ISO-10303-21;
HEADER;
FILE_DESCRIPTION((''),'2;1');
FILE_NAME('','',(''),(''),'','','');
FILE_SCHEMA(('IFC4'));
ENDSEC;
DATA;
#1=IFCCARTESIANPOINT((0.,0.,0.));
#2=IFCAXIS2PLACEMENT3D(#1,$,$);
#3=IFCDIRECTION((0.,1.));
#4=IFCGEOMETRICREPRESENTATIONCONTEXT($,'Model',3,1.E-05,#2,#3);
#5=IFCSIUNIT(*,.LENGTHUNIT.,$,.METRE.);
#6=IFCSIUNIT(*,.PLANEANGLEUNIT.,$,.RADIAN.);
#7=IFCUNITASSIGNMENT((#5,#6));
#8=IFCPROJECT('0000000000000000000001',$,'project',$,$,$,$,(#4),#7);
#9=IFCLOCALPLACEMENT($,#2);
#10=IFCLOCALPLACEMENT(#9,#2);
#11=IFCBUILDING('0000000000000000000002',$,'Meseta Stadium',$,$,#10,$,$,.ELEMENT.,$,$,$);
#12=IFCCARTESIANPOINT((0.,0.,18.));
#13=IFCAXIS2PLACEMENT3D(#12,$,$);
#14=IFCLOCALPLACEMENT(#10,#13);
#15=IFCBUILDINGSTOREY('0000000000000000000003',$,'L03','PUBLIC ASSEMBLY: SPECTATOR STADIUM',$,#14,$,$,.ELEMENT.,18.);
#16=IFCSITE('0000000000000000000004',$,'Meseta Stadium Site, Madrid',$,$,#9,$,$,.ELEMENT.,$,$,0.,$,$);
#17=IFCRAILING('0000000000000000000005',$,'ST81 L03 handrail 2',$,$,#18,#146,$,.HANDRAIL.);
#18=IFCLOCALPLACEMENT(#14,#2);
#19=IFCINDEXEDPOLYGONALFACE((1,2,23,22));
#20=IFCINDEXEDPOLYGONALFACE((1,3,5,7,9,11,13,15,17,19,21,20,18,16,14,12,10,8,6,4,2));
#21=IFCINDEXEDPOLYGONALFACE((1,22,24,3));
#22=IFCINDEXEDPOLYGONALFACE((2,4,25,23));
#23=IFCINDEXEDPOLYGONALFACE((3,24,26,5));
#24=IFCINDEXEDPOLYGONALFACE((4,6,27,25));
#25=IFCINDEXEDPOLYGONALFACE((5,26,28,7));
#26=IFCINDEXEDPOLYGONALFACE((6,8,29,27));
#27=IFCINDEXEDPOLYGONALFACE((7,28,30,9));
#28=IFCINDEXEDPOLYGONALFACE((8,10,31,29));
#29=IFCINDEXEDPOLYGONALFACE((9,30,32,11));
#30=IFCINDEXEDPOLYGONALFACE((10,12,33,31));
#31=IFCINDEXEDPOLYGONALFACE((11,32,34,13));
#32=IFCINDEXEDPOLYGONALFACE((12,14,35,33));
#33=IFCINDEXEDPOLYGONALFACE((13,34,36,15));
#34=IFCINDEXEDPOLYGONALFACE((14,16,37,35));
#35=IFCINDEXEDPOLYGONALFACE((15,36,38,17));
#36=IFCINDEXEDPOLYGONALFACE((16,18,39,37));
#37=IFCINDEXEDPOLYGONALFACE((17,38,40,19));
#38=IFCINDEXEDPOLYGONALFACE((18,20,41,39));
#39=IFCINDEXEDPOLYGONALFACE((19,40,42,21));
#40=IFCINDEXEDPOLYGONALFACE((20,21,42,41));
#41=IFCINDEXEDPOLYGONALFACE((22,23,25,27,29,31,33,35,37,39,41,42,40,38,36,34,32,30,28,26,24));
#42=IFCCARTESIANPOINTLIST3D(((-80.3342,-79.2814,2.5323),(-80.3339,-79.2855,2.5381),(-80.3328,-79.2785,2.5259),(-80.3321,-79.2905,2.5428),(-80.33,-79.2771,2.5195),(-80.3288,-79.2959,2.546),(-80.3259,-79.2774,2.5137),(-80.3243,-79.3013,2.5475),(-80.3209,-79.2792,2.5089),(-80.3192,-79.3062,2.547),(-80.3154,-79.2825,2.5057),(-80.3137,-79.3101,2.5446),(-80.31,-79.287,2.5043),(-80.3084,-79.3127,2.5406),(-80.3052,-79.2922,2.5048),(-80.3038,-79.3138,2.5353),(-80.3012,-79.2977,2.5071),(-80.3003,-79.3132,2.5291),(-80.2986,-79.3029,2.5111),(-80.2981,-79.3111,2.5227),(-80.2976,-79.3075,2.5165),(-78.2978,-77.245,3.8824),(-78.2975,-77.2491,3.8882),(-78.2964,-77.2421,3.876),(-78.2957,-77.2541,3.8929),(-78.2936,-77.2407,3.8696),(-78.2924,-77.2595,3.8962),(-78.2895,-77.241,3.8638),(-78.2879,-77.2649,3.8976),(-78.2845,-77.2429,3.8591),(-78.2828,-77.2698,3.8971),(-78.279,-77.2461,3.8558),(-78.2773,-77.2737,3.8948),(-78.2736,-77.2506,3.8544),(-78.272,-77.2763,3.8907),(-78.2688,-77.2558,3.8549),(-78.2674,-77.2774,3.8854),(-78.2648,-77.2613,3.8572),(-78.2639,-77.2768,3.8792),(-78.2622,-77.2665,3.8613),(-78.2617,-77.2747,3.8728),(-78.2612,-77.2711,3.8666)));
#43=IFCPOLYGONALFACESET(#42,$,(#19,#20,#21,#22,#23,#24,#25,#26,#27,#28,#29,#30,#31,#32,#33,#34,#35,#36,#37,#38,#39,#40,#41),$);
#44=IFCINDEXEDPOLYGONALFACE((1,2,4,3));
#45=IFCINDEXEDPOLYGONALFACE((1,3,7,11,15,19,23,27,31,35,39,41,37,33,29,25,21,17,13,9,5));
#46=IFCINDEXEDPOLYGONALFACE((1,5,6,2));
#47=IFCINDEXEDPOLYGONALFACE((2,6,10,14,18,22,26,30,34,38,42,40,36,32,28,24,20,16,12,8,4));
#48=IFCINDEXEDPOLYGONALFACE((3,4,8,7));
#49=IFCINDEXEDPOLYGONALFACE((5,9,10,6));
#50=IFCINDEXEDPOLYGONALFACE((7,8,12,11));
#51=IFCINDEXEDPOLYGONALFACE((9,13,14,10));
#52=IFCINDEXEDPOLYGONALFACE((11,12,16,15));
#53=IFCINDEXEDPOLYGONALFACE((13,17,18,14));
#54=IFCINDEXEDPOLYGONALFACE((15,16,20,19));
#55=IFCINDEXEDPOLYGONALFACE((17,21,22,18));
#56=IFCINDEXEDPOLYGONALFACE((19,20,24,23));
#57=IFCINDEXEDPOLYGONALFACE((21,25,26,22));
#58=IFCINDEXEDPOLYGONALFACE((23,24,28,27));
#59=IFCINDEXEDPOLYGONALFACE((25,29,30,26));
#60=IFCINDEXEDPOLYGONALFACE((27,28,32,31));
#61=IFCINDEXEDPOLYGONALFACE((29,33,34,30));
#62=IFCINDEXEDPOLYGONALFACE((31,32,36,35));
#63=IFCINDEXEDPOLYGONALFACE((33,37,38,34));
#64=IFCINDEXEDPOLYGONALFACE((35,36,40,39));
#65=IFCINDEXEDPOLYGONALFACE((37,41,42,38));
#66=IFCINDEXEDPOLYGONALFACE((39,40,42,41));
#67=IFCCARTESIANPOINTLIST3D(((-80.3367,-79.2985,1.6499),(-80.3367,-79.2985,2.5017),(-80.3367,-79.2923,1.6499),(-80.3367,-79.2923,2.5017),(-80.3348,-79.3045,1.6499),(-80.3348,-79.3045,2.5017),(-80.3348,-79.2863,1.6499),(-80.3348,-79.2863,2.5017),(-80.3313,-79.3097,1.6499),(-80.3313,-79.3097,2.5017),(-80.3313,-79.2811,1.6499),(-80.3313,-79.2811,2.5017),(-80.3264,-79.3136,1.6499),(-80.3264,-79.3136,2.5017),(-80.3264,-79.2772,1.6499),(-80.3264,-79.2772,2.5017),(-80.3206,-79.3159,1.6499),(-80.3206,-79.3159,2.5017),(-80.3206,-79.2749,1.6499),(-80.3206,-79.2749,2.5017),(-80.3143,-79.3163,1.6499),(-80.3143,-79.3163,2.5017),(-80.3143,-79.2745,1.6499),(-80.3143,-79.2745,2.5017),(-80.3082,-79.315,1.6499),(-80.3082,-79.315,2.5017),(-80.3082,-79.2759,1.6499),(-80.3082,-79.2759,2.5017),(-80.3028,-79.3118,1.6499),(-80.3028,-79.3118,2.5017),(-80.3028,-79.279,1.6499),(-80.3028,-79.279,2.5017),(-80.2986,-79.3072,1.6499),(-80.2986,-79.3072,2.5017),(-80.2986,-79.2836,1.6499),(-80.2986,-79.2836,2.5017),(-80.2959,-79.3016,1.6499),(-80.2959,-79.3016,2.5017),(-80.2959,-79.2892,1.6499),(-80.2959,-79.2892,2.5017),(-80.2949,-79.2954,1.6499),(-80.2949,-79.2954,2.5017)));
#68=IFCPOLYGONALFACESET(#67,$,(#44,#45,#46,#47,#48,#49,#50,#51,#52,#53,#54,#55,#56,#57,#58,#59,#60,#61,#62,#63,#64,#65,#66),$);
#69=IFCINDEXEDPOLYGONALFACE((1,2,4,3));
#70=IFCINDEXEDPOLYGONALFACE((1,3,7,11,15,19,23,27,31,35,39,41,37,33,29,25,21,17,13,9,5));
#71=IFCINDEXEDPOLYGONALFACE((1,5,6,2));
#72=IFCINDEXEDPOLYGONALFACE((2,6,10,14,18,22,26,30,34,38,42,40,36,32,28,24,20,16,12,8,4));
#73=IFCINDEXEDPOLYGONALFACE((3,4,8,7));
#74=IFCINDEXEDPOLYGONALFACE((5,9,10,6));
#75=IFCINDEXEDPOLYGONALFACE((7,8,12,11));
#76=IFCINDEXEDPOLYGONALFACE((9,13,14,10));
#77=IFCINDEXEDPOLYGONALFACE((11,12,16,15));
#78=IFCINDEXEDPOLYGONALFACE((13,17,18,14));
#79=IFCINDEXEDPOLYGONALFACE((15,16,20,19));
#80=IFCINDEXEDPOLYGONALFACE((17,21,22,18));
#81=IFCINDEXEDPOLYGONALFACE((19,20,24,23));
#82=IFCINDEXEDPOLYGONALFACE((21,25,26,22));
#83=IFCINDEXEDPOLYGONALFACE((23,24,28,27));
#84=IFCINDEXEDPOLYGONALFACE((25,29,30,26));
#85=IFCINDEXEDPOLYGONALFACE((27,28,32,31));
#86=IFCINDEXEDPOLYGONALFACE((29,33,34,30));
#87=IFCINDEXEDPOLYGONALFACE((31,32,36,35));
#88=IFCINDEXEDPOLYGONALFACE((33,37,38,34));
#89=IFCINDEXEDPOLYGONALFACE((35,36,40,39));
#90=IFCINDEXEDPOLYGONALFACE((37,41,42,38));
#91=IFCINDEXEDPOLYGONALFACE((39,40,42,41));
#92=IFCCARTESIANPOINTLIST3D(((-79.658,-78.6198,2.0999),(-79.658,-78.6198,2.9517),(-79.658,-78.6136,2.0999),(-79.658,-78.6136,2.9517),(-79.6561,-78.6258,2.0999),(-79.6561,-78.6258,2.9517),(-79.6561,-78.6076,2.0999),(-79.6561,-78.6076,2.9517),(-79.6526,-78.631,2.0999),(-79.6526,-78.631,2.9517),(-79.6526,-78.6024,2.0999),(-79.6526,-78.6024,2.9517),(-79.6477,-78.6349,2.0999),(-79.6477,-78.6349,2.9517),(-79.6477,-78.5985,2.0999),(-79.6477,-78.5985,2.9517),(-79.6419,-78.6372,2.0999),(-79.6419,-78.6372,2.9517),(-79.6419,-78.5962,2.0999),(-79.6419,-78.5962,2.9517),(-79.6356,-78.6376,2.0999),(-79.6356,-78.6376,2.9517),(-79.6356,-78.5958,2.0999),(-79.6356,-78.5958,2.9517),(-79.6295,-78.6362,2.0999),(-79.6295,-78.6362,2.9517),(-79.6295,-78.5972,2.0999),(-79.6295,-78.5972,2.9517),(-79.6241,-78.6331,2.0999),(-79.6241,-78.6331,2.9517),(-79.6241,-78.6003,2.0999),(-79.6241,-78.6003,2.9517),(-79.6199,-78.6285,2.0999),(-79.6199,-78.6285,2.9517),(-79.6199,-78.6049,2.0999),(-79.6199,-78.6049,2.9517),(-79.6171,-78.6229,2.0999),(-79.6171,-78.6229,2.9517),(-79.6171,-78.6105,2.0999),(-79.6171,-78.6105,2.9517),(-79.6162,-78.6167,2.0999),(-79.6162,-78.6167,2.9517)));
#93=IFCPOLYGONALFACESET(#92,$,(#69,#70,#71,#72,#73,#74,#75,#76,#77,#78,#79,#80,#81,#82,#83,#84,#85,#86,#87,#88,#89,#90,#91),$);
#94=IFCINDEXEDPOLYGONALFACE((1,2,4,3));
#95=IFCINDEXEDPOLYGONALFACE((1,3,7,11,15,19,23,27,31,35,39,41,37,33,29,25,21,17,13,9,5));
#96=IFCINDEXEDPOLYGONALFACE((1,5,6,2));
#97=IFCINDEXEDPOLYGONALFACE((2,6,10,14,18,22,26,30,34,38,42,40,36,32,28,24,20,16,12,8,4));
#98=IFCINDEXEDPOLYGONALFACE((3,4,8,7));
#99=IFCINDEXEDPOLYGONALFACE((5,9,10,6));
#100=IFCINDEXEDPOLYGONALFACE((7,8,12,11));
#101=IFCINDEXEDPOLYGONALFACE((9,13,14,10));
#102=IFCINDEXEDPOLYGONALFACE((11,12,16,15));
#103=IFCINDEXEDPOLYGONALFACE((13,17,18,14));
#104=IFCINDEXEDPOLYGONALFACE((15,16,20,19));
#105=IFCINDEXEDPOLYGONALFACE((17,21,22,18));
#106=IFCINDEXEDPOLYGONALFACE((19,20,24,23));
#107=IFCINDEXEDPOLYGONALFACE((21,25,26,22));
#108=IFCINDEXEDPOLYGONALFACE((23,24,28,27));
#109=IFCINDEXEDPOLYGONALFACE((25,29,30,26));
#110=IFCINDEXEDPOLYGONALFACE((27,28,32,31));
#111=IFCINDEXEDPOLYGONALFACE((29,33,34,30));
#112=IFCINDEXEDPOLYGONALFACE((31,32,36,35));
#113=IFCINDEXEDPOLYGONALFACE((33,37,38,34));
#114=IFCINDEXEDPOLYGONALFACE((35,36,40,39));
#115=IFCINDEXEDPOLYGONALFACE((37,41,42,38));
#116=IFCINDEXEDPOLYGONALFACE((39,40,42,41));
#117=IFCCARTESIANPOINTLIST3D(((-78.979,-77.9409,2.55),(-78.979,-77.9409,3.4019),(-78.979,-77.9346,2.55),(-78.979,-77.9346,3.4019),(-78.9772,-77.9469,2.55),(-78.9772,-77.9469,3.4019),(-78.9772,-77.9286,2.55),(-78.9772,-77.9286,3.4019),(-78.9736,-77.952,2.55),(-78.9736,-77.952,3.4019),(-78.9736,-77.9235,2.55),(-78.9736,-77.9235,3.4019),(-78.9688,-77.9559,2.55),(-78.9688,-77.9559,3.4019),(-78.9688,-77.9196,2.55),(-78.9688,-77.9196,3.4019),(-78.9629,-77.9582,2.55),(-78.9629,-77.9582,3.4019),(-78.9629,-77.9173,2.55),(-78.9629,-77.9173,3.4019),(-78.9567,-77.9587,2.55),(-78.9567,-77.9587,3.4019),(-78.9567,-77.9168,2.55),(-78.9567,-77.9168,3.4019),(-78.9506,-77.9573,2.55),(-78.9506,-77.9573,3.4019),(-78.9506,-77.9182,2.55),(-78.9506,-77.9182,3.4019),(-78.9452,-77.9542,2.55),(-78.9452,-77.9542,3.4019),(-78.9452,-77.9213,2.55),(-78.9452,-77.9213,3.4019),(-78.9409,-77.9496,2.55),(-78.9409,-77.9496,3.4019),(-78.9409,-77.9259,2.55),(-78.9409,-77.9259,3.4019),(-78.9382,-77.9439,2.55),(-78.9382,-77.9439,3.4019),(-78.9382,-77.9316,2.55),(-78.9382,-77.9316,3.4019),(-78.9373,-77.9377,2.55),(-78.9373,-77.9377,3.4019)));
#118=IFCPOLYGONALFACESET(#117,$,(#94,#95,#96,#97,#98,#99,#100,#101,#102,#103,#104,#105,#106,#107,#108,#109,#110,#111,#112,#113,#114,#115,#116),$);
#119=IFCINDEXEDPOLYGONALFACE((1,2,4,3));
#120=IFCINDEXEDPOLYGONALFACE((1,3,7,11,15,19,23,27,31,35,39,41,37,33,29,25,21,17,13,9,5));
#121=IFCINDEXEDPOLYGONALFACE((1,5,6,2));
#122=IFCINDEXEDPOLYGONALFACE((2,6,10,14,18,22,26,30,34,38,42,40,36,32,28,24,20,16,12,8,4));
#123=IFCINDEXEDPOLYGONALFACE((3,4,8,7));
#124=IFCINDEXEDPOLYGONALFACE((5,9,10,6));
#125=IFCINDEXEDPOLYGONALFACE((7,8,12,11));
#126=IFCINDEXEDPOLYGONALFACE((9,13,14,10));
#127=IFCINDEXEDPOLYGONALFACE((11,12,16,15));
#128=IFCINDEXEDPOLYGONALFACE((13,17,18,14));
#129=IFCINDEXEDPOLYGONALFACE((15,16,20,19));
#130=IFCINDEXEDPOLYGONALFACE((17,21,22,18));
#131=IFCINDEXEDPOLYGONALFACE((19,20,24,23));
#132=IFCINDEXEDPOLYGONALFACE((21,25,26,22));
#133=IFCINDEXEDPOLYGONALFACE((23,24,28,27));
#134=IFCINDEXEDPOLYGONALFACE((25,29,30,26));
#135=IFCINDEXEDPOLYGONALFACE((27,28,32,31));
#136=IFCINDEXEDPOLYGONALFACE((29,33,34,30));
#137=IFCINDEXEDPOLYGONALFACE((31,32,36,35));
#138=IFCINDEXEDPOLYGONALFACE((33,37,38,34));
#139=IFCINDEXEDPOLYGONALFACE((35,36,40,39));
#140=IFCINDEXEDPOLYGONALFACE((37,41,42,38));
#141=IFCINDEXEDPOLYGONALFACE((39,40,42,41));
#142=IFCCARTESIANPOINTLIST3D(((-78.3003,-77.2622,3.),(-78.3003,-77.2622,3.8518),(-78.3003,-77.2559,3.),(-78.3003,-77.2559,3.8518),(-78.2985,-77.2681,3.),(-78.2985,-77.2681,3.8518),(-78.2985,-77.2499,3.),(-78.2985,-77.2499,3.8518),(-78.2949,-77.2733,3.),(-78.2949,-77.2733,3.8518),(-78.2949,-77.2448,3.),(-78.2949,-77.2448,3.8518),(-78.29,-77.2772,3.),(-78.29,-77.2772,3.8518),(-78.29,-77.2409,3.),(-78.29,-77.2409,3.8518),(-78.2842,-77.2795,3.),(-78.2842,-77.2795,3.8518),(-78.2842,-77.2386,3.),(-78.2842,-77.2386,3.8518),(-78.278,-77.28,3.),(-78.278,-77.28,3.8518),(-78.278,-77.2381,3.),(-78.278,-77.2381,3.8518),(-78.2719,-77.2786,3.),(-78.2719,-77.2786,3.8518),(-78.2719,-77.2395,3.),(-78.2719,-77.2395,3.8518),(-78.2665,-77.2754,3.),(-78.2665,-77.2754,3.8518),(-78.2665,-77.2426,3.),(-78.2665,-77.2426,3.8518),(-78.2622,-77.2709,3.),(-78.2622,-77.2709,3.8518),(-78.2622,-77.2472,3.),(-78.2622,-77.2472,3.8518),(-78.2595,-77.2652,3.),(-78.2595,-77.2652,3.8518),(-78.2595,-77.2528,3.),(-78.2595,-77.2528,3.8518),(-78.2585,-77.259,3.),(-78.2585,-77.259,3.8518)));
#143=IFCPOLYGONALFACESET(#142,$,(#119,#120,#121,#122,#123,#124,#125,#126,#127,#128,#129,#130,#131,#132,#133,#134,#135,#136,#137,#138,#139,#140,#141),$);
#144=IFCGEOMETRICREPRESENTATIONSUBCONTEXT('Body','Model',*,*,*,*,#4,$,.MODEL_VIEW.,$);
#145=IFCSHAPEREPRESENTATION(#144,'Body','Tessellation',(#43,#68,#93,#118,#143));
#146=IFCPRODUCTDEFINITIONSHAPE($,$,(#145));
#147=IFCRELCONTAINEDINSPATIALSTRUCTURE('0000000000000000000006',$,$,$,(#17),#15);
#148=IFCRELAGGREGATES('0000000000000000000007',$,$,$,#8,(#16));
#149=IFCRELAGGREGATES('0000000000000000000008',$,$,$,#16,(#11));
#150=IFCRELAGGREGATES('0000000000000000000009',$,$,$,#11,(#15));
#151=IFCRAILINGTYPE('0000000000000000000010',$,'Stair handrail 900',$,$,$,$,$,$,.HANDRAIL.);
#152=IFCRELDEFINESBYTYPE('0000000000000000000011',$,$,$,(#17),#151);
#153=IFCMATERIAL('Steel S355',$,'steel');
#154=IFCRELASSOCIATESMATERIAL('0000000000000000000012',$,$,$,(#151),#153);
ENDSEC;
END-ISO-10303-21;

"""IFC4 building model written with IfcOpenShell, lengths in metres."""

from ifc_helpers import new_model, si_unit, direction, frame, origin, origin_2d, place, context, subcontext, project, spatial, circle, extrude, material, type_object, element, save


model = new_model("IFC4")

# Units and contexts
model_context = context("Model", 3, precision=1e-05, world=origin(), true_north=direction((0.0, 1.0)))
body_context = subcontext(model_context, "Body", "Model", "MODEL_VIEW")
ifc_project = project(units=[si_unit("LENGTHUNIT", "METRE"), si_unit("PLANEANGLEUNIT", "RADIAN")], contexts=[model_context])

# Site, building, storey
site_placement = place(None, origin())
site = spatial("IfcSite", under=ifc_project, at=site_placement, Name="Meseta Stadium Site, Madrid", CompositionType="ELEMENT", RefElevation=0.0)
building_placement = place(site_placement, origin())
building = spatial("IfcBuilding", under=site, at=building_placement, Name="Meseta Stadium", CompositionType="ELEMENT")
storey_placement = place(building_placement, frame((0.0, 0.0, 18.0)))
storey = spatial("IfcBuildingStorey", under=building, at=storey_placement, Name="L03", Description="PUBLIC ASSEMBLY: SPECTATOR STADIUM", CompositionType="ELEMENT", Elevation=18.0)

# Railing
ifc_material_1 = material(Name="Steel S355", Category="steel")
railing_type_1 = type_object("IfcRailingType", Name="Stair handrail 900", PredefinedType="HANDRAIL", material=ifc_material_1)
for number, where, name in (
    (1, (-80.3159, -79.2954, 1.6499), "ST81 L03 handrail 2"),
):
    element("IfcRailing", number, at=place(storey_placement, frame(where)), inside=storey, type_object=railing_type_1, Name=name, PredefinedType="HANDRAIL", context=body_context, shape_type="SweptSolid", body=[
        extrude(circle(Radius=0.0239, at=origin_2d()), frame((0.0, 0.0, 0.876), z_axis=(0.640243, 0.640243, 0.424475), x_axis=(-0.707107, 0.707107, 0.0)), (0.0, 0.0, 1.0), 3.1807),
        extrude(circle(Radius=0.021, at=origin_2d()), origin(), (0.0, 0.0, 1.0), 0.8518),
        extrude(circle(Radius=0.021, at=origin_2d()), frame((0.6787, 0.6787, 0.45)), (0.0, 0.0, 1.0), 0.8518),
        extrude(circle(Radius=0.021, at=origin_2d()), frame((1.3577, 1.3577, 0.9001)), (0.0, 0.0, 1.0), 0.8518),
        extrude(circle(Radius=0.021, at=origin_2d()), frame((2.0364, 2.0364, 1.3501)), (0.0, 0.0, 1.0), 0.8518),
    ])

save(model, "model.ifc")
